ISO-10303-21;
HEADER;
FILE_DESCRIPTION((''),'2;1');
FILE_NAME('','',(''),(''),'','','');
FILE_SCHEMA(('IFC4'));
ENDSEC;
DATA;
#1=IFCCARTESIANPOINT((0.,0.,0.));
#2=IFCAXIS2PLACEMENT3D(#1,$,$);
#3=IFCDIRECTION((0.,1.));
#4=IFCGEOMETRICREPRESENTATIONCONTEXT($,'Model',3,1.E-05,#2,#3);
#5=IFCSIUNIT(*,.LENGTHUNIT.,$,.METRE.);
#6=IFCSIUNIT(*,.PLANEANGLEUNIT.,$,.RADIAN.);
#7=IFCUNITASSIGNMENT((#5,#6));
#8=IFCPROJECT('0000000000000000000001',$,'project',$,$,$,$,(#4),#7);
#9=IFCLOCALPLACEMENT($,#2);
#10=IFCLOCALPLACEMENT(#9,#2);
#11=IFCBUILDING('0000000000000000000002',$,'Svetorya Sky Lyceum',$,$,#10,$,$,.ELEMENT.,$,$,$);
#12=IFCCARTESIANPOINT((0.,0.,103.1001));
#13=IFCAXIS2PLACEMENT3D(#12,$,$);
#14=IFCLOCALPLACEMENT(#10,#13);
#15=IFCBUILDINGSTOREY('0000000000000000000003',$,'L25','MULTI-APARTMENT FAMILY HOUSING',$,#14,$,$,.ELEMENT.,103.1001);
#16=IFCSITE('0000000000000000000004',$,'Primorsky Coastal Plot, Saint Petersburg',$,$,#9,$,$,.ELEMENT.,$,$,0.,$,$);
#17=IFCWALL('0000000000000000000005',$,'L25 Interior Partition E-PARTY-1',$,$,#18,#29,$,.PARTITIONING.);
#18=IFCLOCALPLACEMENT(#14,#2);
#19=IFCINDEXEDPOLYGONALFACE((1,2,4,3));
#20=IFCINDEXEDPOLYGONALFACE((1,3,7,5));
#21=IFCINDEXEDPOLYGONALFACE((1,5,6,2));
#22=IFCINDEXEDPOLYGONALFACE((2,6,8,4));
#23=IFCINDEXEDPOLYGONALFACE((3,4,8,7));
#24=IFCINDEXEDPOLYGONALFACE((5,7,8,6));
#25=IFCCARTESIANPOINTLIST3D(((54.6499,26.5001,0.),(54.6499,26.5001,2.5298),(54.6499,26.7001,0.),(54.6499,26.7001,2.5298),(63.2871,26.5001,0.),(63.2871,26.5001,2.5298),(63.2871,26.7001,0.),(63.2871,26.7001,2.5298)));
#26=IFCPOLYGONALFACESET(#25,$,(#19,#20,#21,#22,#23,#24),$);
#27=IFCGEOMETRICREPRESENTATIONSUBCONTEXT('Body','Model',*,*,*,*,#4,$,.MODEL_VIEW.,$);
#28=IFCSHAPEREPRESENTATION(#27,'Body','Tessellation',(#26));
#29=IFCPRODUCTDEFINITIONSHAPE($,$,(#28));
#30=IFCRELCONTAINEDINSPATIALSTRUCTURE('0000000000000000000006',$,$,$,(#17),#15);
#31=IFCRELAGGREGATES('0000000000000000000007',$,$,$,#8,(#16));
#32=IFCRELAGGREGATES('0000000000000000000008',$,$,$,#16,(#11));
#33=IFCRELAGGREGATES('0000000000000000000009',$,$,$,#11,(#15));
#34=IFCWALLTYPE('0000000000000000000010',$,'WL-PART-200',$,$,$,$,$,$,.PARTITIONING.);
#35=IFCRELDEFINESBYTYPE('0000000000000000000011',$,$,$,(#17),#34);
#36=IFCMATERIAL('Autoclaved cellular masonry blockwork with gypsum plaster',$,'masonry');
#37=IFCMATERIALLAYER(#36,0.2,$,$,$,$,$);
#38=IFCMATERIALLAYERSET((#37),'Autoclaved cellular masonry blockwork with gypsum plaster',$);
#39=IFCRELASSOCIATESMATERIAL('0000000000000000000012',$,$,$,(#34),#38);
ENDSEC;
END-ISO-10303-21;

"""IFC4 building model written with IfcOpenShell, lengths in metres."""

from ifc_helpers import new_model, si_unit, direction, frame, frame_2d, origin, place, context, subcontext, project, spatial, rectangle, extrude, material, layer, layer_set, type_object, element, save


model = new_model("IFC4")

# Units and contexts
model_context = context("Model", 3, precision=1e-05, world=origin(), true_north=direction((0.0, 1.0)))
body_context = subcontext(model_context, "Body", "Model", "MODEL_VIEW")
ifc_project = project(units=[si_unit("LENGTHUNIT", "METRE"), si_unit("PLANEANGLEUNIT", "RADIAN")], contexts=[model_context])

# Site, building, storey
site_placement = place(None, origin())
site = spatial("IfcSite", under=ifc_project, at=site_placement, Name="Primorsky Coastal Plot, Saint Petersburg", CompositionType="ELEMENT", RefElevation=0.0)
building_placement = place(site_placement, origin())
building = spatial("IfcBuilding", under=site, at=building_placement, Name="Svetorya Sky Lyceum", CompositionType="ELEMENT")
storey_placement = place(building_placement, frame((0.0, 0.0, 103.1001)))
storey = spatial("IfcBuildingStorey", under=building, at=storey_placement, Name="L25", Description="MULTI-APARTMENT FAMILY HOUSING", CompositionType="ELEMENT", Elevation=103.1001)

# Wall
ifc_material_1 = material(Name="Autoclaved cellular masonry blockwork with gypsum plaster", Category="masonry")
ifc_layer_1 = layer(ifc_material_1, 0.2)
ifc_layer_set_1 = layer_set([ifc_layer_1], Name="Autoclaved cellular masonry blockwork with gypsum plaster")
wall_type_1 = type_object("IfcWallType", Name="WL-PART-200", PredefinedType="PARTITIONING", material=ifc_layer_set_1)
wall_1_placement = place(storey_placement, frame((54.6499, 26.6001, 0.0), z_axis=(0.0, 0.0, 1.0), x_axis=(1.0, 0.0, 0.0)))
element("IfcWall", 1, at=wall_1_placement, inside=storey, type_object=wall_type_1, Name="L25 Interior Partition E-PARTY-1", PredefinedType="PARTITIONING", context=body_context, shape_type="SweptSolid", body=[
    extrude(rectangle(XDim=8.6372, YDim=0.2, at=frame_2d((4.3186, 0.0))), origin(), (0.0, 0.0, 1.0), 2.5298),
])

save(model, "model.ifc")
